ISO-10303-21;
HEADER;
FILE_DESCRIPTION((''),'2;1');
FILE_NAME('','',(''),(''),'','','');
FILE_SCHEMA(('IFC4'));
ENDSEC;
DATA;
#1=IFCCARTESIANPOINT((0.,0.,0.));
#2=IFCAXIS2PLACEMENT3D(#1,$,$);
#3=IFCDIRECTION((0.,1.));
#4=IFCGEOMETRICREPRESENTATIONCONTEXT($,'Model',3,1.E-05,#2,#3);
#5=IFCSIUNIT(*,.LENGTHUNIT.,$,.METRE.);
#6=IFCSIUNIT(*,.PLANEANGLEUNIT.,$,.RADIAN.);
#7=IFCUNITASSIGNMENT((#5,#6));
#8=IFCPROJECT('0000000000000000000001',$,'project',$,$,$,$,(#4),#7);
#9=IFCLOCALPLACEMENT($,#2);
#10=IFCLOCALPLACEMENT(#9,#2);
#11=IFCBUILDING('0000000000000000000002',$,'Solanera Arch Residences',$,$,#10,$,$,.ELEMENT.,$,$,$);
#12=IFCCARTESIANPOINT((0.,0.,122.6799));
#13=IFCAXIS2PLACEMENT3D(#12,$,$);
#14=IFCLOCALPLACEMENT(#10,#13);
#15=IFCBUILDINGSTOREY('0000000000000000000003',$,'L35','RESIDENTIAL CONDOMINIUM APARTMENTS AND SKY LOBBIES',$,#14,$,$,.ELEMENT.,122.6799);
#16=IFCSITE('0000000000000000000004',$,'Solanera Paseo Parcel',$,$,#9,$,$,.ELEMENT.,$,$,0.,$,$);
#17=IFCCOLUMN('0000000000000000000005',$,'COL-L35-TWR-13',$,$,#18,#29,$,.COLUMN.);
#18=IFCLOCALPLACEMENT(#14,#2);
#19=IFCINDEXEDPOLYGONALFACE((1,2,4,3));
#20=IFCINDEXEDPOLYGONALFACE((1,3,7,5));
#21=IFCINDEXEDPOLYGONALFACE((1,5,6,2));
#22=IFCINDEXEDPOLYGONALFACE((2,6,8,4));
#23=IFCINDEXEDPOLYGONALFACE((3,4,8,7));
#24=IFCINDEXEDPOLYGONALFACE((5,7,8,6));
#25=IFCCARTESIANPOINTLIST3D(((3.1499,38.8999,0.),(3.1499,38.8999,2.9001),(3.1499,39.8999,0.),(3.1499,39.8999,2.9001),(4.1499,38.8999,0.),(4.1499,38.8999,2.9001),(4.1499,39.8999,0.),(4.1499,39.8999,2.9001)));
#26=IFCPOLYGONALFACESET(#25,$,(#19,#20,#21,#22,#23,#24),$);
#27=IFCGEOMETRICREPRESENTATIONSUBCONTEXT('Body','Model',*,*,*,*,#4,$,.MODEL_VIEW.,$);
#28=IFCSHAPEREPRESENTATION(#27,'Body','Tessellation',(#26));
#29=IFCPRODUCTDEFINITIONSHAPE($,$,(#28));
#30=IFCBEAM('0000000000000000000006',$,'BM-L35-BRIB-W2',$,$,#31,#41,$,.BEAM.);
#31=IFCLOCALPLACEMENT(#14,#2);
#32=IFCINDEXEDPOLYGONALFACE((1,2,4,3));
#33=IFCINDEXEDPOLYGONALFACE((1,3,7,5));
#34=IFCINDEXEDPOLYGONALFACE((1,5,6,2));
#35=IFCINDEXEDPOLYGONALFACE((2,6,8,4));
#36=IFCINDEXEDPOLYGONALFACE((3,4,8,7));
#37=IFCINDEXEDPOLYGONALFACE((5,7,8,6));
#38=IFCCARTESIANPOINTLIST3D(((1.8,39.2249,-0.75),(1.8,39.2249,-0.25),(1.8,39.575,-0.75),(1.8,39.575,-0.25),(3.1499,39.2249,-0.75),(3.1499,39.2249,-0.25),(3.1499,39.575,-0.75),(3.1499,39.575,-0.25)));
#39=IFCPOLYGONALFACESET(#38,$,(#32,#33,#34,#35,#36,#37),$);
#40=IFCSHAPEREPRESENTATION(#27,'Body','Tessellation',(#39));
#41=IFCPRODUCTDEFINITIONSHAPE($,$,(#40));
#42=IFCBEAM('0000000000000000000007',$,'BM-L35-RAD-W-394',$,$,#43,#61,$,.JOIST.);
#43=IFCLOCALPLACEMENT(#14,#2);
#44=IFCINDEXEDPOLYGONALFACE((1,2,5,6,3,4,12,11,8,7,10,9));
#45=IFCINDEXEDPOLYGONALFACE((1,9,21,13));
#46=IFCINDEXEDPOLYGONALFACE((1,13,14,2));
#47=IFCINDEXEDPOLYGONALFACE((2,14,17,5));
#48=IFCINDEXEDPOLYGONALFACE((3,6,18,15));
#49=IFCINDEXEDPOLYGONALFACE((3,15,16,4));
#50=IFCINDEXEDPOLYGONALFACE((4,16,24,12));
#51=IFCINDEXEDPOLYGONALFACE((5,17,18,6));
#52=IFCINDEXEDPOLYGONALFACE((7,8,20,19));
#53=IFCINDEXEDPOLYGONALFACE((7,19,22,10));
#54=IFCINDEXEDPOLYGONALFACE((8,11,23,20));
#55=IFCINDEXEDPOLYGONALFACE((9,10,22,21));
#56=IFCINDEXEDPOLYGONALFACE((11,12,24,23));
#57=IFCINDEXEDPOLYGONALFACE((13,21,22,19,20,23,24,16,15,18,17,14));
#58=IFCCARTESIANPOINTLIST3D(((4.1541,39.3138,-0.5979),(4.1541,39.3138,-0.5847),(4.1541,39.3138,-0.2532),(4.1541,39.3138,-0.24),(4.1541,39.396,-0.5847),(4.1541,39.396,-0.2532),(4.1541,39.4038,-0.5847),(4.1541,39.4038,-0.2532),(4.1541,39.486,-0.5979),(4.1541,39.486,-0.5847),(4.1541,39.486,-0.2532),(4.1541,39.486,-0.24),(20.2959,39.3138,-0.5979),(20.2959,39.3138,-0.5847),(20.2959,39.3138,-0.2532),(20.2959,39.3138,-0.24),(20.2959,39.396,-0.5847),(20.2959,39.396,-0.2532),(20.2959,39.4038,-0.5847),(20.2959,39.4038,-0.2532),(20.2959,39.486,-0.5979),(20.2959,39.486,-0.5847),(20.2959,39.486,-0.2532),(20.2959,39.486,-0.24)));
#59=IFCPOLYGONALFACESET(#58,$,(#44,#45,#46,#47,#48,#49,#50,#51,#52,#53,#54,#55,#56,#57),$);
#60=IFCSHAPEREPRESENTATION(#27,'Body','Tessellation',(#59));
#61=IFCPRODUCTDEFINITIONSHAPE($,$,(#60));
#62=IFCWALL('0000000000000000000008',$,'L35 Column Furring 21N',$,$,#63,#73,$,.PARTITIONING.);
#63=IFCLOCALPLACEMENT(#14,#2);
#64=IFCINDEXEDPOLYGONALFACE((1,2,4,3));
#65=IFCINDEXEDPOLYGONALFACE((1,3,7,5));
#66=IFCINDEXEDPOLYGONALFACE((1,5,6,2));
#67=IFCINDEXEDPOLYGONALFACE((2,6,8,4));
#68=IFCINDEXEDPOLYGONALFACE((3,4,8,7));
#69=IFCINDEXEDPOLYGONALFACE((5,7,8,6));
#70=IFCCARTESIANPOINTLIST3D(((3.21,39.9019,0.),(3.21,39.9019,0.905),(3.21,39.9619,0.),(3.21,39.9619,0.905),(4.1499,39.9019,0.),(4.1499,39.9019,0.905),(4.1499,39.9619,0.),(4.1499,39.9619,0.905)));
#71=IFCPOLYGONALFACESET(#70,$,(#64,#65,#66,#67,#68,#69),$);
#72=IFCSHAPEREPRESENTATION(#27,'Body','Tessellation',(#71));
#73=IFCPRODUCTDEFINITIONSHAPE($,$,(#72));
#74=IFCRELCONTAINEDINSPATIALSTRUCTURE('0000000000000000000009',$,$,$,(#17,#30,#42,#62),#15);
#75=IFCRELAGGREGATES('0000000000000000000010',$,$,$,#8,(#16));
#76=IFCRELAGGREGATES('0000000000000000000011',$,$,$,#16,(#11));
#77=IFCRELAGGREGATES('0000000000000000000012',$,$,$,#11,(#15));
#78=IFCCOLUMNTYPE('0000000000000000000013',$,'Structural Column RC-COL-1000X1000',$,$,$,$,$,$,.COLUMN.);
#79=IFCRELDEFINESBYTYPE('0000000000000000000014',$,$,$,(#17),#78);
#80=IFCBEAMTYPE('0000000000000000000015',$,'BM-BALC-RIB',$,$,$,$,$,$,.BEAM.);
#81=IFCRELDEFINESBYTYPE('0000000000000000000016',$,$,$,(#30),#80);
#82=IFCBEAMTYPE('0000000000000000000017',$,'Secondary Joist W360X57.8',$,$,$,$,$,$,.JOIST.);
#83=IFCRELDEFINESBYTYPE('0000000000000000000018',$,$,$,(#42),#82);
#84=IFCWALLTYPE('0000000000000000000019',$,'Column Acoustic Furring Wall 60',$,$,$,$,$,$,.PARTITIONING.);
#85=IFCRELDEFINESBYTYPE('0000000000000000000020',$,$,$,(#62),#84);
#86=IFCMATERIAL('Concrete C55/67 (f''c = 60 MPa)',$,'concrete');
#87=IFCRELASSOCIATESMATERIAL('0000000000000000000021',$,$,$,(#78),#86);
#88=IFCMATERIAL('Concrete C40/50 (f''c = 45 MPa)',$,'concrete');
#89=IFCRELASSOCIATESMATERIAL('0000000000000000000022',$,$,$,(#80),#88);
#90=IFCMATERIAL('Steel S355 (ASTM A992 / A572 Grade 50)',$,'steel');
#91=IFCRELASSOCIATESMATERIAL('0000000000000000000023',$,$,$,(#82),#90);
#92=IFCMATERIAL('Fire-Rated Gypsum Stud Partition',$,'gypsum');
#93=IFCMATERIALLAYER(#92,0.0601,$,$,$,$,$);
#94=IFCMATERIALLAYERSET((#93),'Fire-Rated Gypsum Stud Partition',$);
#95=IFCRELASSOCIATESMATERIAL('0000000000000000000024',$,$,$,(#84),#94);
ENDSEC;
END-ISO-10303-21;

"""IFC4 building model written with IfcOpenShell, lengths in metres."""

from ifc_helpers import new_model, si_unit, direction, frame, frame_2d, origin, origin_2d, place, context, subcontext, project, spatial, rectangle, i_section, extrude, material, layer, layer_set, material_profile, profile_set, type_object, element, save


model = new_model("IFC4")

# Units and contexts
model_context = context("Model", 3, precision=1e-05, world=origin(), true_north=direction((0.0, 1.0)))
body_context = subcontext(model_context, "Body", "Model", "MODEL_VIEW")
ifc_project = project(units=[si_unit("LENGTHUNIT", "METRE"), si_unit("PLANEANGLEUNIT", "RADIAN")], contexts=[model_context])

# Site, building, storey
site_placement = place(None, origin())
site = spatial("IfcSite", under=ifc_project, at=site_placement, Name="Solanera Paseo Parcel", CompositionType="ELEMENT", RefElevation=0.0)
building_placement = place(site_placement, origin())
building = spatial("IfcBuilding", under=site, at=building_placement, Name="Solanera Arch Residences", CompositionType="ELEMENT")
storey_placement = place(building_placement, frame((0.0, 0.0, 122.6799)))
storey = spatial("IfcBuildingStorey", under=building, at=storey_placement, Name="L35", Description="RESIDENTIAL CONDOMINIUM APARTMENTS AND SKY LOBBIES", CompositionType="ELEMENT", Elevation=122.6799)

# Column
ifc_material_1 = material(Name="Concrete C55/67 (f'c = 60 MPa)", Category="concrete")
ifc_material_profile_1 = material_profile(ifc_material_1, rectangle(XDim=1.0, YDim=1.0, at=origin_2d()))
ifc_profile_set_1 = profile_set([ifc_material_profile_1], Name="Concrete C55/67 (f'c = 60 MPa)")
column_type = type_object("IfcColumnType", Name="Structural Column RC-COL-1000X1000", PredefinedType="COLUMN", material=ifc_profile_set_1)
column_placement = place(storey_placement, frame((3.6499, 39.3999, 0.0), z_axis=(0.0, 0.0, 1.0), x_axis=(1.0, 0.0, 0.0)))
element("IfcColumn", 1, at=column_placement, inside=storey, type_object=column_type, Name="COL-L35-TWR-13", PredefinedType="COLUMN", context=body_context, shape_type="SweptSolid", body=[
    extrude(rectangle(XDim=1.0, YDim=1.0, at=origin_2d()), origin(), (0.0, 0.0, 1.0), 2.9001),
])

# Beams
ifc_material_2 = material(Name="Concrete C40/50 (f'c = 45 MPa)", Category="concrete")
ifc_material_profile_2 = material_profile(ifc_material_2, rectangle(XDim=0.3501, YDim=0.5, at=origin_2d()))
ifc_profile_set_2 = profile_set([ifc_material_profile_2], Name="Concrete C40/50 (f'c = 45 MPa)")
beam_type_1 = type_object("IfcBeamType", Name="BM-BALC-RIB", PredefinedType="BEAM", material=ifc_profile_set_2)
beam_1_placement = place(storey_placement, frame((1.8, 39.3999, -0.5), z_axis=(1.0, 0.0, 0.0), x_axis=(0.0, 1.0, 0.0)))
element("IfcBeam", 2, at=beam_1_placement, inside=storey, type_object=beam_type_1, Name="BM-L35-BRIB-W2", PredefinedType="BEAM", context=body_context, shape_type="SweptSolid", body=[
    extrude(rectangle(XDim=0.3501, YDim=0.5, at=origin_2d()), origin(), (0.0, 0.0, 1.0), 1.3499),
])
ifc_material_3 = material(Name="Steel S355 (ASTM A992 / A572 Grade 50)", Category="steel")
ifc_material_profile_3 = material_profile(ifc_material_3, i_section(OverallWidth=0.1721, OverallDepth=0.3579, WebThickness=0.0078, FlangeThickness=0.0132, at=origin_2d()))
ifc_profile_set_3 = profile_set([ifc_material_profile_3], Name="Steel S355 (ASTM A992 / A572 Grade 50)")
beam_type_2 = type_object("IfcBeamType", Name="Secondary Joist W360X57.8", PredefinedType="JOIST", material=ifc_profile_set_3)
beam_2_placement = place(storey_placement, frame((4.1541, 39.3999, -0.4189), z_axis=(1.0, 0.0, 0.0), x_axis=(0.0, 1.0, 0.0)))
element("IfcBeam", 3, at=beam_2_placement, inside=storey, type_object=beam_type_2, Name="BM-L35-RAD-W-394", PredefinedType="JOIST", context=body_context, shape_type="SweptSolid", body=[
    extrude(i_section(OverallWidth=0.1721, OverallDepth=0.3579, WebThickness=0.0078, FlangeThickness=0.0132, at=origin_2d()), origin(), (0.0, 0.0, 1.0), 16.1418),
])

# Wall
ifc_material_4 = material(Name="Fire-Rated Gypsum Stud Partition", Category="gypsum")
ifc_layer_1 = layer(ifc_material_4, 0.0601)
ifc_layer_set_1 = layer_set([ifc_layer_1], Name="Fire-Rated Gypsum Stud Partition")
wall_type_1 = type_object("IfcWallType", Name="Column Acoustic Furring Wall 60", PredefinedType="PARTITIONING", material=ifc_layer_set_1)
wall_1_placement = place(storey_placement, frame((3.21, 39.9319, 0.0), z_axis=(0.0, 0.0, 1.0), x_axis=(1.0, 0.0, 0.0)))
element("IfcWall", 4, at=wall_1_placement, inside=storey, type_object=wall_type_1, Name="L35 Column Furring 21N", PredefinedType="PARTITIONING", context=body_context, shape_type="SweptSolid", body=[
    extrude(rectangle(XDim=0.9399, YDim=0.0601, at=frame_2d((0.47, 0.0))), origin(), (0.0, 0.0, 1.0), 0.905),
])

save(model, "model.ifc")
